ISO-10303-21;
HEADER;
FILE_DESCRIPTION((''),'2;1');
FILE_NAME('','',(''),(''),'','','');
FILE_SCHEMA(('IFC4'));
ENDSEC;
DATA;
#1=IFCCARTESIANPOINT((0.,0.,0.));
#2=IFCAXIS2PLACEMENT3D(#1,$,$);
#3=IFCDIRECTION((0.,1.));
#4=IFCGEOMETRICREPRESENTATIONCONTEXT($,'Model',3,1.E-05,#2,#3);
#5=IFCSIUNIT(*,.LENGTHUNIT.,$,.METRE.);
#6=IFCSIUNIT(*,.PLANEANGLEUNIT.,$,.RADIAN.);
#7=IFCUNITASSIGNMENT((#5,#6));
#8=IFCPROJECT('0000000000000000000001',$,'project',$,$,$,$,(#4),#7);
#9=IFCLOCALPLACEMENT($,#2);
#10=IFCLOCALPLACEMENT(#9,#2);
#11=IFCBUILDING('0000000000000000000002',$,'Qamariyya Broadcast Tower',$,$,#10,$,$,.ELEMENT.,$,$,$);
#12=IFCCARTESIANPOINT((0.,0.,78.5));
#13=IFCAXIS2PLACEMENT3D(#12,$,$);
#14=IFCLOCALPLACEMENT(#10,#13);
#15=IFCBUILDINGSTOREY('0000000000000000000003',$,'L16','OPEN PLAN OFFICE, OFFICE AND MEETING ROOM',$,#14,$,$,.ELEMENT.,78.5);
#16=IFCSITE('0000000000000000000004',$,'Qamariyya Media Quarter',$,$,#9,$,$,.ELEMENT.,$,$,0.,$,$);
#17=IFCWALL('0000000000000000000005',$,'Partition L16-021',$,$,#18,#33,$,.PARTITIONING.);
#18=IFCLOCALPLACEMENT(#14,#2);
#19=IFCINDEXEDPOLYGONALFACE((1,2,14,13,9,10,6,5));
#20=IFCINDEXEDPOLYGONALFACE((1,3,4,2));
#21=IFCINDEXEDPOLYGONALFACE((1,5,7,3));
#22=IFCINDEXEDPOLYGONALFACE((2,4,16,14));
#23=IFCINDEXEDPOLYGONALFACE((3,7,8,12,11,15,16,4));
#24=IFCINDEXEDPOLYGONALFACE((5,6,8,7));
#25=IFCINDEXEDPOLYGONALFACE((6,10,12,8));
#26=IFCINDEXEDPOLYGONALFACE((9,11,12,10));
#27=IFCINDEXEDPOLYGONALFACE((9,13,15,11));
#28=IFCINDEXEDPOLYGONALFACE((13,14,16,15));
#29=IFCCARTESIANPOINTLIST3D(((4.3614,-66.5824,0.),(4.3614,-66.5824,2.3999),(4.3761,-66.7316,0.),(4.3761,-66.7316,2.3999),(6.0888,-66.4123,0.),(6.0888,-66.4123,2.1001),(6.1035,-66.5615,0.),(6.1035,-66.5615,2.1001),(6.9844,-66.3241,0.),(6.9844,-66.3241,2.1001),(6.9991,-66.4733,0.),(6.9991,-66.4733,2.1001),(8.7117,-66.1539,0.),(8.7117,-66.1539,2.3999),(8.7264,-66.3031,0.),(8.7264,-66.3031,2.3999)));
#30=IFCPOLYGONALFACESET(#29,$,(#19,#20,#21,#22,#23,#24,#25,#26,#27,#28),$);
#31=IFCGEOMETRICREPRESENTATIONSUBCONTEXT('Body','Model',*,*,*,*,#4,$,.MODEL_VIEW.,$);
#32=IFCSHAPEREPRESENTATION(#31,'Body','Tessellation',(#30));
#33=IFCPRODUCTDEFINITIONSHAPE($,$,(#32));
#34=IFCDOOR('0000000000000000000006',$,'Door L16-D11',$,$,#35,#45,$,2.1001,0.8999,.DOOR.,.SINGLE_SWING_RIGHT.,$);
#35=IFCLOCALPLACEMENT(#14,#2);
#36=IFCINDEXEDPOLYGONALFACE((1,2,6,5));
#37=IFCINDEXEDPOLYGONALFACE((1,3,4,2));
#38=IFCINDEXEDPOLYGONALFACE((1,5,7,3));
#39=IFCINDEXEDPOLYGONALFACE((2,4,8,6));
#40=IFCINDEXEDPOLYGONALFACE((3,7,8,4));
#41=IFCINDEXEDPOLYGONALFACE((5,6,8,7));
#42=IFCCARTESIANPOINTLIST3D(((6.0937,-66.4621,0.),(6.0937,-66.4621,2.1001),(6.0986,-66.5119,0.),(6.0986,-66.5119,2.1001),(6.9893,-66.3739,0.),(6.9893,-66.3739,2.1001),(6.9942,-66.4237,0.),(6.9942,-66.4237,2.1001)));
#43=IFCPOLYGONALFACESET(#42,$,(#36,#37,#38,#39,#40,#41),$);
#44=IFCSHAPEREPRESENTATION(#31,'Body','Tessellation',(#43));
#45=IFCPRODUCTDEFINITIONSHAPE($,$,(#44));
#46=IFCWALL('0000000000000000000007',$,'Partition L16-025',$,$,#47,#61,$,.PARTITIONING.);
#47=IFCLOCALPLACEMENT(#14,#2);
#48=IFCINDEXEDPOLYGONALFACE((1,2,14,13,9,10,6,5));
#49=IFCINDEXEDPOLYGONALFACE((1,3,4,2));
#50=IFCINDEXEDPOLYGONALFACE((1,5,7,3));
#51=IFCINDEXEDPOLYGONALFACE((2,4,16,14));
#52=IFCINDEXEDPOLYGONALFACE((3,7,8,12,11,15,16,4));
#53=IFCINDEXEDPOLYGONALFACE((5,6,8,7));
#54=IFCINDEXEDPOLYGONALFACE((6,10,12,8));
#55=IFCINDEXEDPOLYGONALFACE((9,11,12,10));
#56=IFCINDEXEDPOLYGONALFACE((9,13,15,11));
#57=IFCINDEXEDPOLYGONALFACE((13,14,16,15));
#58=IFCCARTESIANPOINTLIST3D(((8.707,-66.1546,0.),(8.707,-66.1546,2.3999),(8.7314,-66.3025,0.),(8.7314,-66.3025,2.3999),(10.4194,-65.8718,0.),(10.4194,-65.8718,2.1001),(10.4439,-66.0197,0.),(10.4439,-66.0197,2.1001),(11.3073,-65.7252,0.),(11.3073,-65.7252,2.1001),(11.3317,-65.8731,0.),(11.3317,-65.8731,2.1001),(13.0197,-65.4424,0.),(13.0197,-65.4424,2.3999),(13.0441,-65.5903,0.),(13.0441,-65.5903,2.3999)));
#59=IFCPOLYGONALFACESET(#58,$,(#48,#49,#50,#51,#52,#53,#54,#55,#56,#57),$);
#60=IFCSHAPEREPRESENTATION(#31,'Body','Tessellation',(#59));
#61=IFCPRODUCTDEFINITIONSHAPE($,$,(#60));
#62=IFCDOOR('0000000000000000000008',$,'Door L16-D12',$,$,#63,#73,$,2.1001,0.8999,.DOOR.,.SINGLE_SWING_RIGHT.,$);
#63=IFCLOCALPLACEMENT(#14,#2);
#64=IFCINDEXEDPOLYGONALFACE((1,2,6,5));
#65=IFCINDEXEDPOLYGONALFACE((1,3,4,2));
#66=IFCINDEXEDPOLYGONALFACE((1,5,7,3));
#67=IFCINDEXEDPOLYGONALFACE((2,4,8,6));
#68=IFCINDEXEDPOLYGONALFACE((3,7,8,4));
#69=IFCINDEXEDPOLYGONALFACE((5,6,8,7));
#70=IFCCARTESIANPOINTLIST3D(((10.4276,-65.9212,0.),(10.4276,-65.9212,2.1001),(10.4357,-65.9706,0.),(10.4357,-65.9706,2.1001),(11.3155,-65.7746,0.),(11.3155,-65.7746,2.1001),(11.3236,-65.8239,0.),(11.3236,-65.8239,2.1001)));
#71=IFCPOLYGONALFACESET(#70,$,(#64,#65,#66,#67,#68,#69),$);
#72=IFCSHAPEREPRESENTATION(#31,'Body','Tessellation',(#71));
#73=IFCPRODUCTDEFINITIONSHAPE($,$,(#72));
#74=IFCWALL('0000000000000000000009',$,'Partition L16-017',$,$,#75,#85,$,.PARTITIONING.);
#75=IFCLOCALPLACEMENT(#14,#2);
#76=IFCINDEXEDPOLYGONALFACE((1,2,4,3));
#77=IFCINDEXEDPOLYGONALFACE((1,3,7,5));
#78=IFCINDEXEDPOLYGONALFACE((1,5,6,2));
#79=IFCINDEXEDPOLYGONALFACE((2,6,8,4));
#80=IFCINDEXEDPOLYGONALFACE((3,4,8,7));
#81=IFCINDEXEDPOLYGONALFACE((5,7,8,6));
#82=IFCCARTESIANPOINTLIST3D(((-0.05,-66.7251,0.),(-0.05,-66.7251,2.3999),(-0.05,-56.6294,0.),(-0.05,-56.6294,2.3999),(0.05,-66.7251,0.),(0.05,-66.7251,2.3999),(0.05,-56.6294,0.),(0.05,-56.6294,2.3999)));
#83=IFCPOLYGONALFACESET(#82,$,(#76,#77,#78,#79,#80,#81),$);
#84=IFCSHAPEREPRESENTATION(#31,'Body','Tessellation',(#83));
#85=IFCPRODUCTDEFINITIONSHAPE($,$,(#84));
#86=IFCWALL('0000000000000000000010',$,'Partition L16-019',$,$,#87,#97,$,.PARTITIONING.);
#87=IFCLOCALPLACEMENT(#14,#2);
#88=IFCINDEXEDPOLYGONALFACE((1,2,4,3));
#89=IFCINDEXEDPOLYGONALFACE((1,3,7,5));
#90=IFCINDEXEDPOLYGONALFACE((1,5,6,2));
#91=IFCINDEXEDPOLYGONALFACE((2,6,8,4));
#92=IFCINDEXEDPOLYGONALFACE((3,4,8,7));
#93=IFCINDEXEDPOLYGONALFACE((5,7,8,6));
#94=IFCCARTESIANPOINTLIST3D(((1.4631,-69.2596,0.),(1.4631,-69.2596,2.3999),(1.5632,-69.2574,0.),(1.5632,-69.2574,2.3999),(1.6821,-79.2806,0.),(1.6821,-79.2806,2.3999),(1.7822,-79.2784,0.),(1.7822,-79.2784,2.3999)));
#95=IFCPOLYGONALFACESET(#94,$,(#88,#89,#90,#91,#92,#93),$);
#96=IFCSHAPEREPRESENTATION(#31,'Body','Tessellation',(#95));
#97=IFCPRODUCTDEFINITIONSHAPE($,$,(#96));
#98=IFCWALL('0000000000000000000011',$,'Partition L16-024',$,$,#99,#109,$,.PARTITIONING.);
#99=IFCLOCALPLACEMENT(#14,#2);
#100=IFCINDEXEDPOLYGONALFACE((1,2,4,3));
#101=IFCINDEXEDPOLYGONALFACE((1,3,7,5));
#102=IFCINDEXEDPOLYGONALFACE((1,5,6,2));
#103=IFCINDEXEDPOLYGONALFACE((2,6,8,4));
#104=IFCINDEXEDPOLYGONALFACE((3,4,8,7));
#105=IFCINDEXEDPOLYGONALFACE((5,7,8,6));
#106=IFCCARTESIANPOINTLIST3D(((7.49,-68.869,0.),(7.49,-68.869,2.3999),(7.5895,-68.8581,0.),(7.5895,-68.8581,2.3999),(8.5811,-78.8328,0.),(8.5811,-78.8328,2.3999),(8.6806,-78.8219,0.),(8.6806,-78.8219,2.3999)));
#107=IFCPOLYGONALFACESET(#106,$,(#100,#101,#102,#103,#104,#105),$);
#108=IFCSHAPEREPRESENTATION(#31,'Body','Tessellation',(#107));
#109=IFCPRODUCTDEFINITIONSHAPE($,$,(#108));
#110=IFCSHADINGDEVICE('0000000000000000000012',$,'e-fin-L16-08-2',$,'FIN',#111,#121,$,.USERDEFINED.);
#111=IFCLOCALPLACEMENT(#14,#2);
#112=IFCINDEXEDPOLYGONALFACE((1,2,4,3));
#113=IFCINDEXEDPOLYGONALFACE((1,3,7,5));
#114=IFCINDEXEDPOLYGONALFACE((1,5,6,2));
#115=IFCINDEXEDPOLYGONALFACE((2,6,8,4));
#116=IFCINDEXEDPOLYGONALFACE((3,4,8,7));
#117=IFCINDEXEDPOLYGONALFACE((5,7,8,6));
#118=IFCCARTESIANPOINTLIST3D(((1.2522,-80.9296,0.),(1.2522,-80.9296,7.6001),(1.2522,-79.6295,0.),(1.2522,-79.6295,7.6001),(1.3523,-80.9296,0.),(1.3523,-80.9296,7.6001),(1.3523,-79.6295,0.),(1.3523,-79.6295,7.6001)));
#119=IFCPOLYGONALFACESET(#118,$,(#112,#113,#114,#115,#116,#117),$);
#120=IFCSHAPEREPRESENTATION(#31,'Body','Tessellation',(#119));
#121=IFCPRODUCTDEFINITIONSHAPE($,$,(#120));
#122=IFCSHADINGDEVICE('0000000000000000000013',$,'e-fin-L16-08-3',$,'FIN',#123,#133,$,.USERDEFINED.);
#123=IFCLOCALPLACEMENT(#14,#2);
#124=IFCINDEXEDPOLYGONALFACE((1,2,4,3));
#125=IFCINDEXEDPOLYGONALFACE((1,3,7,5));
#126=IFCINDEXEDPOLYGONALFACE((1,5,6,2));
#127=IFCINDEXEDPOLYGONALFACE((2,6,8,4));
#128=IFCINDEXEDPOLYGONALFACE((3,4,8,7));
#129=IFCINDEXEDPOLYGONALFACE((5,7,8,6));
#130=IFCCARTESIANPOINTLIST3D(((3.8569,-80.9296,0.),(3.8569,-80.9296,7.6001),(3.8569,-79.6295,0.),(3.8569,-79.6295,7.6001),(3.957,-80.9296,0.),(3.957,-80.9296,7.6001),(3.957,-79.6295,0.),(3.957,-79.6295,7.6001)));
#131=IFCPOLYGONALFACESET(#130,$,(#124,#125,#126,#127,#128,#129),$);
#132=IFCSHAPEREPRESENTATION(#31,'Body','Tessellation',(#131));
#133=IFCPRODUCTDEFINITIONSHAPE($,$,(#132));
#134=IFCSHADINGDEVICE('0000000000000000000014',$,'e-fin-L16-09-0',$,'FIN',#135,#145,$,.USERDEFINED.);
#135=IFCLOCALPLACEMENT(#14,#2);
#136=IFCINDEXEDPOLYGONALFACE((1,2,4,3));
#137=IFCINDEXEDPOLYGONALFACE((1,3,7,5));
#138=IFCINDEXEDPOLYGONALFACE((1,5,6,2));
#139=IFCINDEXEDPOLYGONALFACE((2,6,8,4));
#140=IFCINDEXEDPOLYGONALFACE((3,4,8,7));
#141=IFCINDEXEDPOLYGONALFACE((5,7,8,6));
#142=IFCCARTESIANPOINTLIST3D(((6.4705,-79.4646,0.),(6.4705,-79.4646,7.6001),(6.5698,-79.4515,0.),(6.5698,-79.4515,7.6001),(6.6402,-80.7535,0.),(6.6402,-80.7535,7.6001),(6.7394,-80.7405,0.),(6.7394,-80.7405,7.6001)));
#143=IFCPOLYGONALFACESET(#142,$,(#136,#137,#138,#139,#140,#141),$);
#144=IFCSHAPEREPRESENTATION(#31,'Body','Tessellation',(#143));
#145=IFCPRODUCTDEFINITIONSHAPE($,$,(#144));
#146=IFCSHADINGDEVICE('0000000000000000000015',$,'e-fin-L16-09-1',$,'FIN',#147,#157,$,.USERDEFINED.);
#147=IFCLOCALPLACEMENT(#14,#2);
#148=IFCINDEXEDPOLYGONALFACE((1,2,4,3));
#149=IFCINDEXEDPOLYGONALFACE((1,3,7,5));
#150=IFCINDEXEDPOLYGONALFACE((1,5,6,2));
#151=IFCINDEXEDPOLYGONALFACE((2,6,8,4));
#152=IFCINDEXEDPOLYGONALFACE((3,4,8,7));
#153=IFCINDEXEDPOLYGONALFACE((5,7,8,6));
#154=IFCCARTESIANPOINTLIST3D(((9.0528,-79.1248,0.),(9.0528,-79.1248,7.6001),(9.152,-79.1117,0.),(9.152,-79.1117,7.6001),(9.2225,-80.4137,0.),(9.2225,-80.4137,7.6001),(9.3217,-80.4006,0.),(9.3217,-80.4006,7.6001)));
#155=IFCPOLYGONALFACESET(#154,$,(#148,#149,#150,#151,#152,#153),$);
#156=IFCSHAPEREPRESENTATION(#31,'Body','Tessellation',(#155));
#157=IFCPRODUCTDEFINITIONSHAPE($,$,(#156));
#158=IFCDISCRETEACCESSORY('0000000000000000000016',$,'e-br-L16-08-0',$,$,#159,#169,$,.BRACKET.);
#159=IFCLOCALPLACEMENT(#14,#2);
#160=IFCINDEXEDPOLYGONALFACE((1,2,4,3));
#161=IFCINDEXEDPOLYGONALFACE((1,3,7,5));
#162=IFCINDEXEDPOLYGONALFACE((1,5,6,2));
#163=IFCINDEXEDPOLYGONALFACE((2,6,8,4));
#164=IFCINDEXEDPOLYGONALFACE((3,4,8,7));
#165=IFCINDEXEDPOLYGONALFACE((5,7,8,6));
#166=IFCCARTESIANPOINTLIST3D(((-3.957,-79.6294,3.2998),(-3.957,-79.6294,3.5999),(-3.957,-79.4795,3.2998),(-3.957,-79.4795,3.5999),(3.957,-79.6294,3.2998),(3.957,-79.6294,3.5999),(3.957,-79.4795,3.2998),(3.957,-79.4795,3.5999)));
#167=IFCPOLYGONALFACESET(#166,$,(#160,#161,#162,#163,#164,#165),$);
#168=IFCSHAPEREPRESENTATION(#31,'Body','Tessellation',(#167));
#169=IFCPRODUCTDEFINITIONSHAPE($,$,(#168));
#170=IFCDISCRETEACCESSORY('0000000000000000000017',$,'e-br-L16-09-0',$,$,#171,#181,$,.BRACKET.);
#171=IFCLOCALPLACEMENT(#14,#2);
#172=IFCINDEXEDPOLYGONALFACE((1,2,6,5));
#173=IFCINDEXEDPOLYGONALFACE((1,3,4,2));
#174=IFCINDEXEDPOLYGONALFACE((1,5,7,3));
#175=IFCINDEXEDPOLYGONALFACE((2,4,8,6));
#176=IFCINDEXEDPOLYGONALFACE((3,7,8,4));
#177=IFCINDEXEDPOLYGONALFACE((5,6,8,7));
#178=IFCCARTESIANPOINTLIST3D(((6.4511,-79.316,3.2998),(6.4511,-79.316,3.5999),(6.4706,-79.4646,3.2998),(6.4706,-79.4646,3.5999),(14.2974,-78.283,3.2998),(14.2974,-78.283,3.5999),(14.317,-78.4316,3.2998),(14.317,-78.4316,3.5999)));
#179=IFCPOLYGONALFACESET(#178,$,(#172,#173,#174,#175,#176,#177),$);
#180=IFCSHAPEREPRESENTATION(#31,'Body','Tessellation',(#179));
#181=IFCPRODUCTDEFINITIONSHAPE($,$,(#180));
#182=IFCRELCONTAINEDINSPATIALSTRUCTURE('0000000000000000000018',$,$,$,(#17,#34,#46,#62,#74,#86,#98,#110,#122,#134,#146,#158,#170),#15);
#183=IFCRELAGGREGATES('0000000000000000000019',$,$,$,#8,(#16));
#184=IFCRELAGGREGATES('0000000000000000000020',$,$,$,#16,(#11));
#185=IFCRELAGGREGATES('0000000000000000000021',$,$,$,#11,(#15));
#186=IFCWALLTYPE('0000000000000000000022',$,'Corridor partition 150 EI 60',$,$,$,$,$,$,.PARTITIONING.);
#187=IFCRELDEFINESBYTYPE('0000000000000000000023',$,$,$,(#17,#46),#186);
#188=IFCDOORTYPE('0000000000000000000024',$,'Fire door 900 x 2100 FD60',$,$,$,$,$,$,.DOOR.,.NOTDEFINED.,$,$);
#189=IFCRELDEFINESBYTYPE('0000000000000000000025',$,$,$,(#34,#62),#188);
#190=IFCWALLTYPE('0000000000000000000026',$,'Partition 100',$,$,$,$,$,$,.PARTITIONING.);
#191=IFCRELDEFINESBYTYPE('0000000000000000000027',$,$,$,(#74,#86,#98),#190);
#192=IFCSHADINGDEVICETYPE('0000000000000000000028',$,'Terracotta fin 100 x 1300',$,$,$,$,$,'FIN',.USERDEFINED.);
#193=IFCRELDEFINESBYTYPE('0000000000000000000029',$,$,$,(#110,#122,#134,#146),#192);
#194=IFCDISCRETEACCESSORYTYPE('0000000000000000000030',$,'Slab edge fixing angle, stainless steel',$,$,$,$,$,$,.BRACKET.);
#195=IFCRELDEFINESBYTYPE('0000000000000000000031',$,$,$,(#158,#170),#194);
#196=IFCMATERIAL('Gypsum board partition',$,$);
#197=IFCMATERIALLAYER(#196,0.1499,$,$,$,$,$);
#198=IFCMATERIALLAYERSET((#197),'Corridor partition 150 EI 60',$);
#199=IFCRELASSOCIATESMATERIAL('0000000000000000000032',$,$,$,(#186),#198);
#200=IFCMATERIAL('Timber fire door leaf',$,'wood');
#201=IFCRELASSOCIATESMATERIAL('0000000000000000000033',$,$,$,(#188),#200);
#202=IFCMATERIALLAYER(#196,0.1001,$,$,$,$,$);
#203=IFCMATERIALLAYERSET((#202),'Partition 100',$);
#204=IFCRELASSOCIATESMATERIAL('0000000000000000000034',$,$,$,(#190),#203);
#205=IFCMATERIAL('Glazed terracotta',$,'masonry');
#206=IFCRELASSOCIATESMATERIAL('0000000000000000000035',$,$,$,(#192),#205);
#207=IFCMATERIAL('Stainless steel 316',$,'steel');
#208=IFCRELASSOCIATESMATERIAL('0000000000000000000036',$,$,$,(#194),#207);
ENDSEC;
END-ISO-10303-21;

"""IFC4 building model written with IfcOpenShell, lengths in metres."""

from ifc_helpers import new_model, si_unit, direction, frame, frame_2d, origin, origin_2d, place, context, subcontext, project, spatial, rectangle, extrude, material, layer, layer_set, material_profile, profile_set, type_object, element, fill, save


model = new_model("IFC4")

# Units and contexts
model_context = context("Model", 3, precision=1e-05, world=origin(), true_north=direction((0.0, 1.0)))
body_context = subcontext(model_context, "Body", "Model", "MODEL_VIEW")
ifc_project = project(units=[si_unit("LENGTHUNIT", "METRE"), si_unit("PLANEANGLEUNIT", "RADIAN")], contexts=[model_context])

# Site, building, storey
site_placement = place(None, origin())
site = spatial("IfcSite", under=ifc_project, at=site_placement, Name="Qamariyya Media Quarter", CompositionType="ELEMENT", RefElevation=0.0)
building_placement = place(site_placement, origin())
building = spatial("IfcBuilding", under=site, at=building_placement, Name="Qamariyya Broadcast Tower", CompositionType="ELEMENT")
storey_placement = place(building_placement, frame((0.0, 0.0, 78.5)))
storey = spatial("IfcBuildingStorey", under=building, at=storey_placement, Name="L16", Description="OPEN PLAN OFFICE, OFFICE AND MEETING ROOM", CompositionType="ELEMENT", Elevation=78.5)

# Walls, openings, doors
ifc_material_1 = material(Name="Gypsum board partition")
ifc_layer_1 = layer(ifc_material_1, 0.1499)
ifc_layer_set_1 = layer_set([ifc_layer_1], Name="Corridor partition 150 EI 60")
wall_type_1 = type_object("IfcWallType", Name="Corridor partition 150 EI 60", PredefinedType="PARTITIONING", material=ifc_layer_set_1)
ifc_material_2 = material(Name="Timber fire door leaf", Category="wood")
door_type_1 = type_object("IfcDoorType", Name="Fire door 900 x 2100 FD60", OperationType="NOTDEFINED", PredefinedType="DOOR", material=ifc_material_2)
wall_1_placement = place(storey_placement, frame((4.3689, -66.657, 0.0), z_axis=(0.0, 0.0, 1.0), x_axis=(0.995185, 0.098016, 0.0)))
wall_1 = element("IfcWall", 1, at=wall_1_placement, inside=storey, type_object=wall_type_1, Name="Partition L16-021", PredefinedType="PARTITIONING", context=body_context, shape_type="SweptSolid", body=[
    extrude(rectangle(XDim=4.3713, YDim=0.1499, at=frame_2d((2.1855, 0.0))), origin(), (0.0, 0.0, 1.0), 2.3999),
])
opening_1_placement = place(wall_1_placement, frame((1.7356, 0.0, 0.0)))
opening_1 = element("IfcOpeningElement", 2, at=opening_1_placement, cuts=wall_1, PredefinedType="OPENING", context=body_context, shape_type="SweptSolid", body=[
    extrude(rectangle(XDim=0.8999, YDim=2.1001, at=frame_2d((0.45, 1.05))), frame((0.0, 0.085, 0.0), z_axis=(0.0, -1.0, 0.0), x_axis=(1.0, 0.0, 0.0)), (0.0, 0.0, 1.0), 0.1699),
])
door_1_placement = place(opening_1_placement, origin())
door_1 = element("IfcDoor", 3, at=door_1_placement, inside=storey, type_object=door_type_1, Name="Door L16-D11", OperationType="SINGLE_SWING_RIGHT", OverallHeight=2.1001, OverallWidth=0.8999, PredefinedType="DOOR", context=body_context, shape_type="SweptSolid", body=[
    extrude(rectangle(XDim=0.8999, YDim=2.1001, at=frame_2d((0.45, 1.05))), frame((0.0, 0.0249, 0.0), z_axis=(0.0, -1.0, 0.0), x_axis=(1.0, 0.0, 0.0)), (0.0, 0.0, 1.0), 0.05),
])
fill(opening_1, door_1)
wall_2_placement = place(storey_placement, frame((8.7192, -66.2285, 0.0), z_axis=(0.0, 0.0, 1.0), x_axis=(0.986639, 0.162922, 0.0)))
wall_2 = element("IfcWall", 4, at=wall_2_placement, inside=storey, type_object=wall_type_1, Name="Partition L16-025", PredefinedType="PARTITIONING", context=body_context, shape_type="SweptSolid", body=[
    extrude(rectangle(XDim=4.3711, YDim=0.1499, at=frame_2d((2.1855, 0.0))), origin(), (0.0, 0.0, 1.0), 2.3999),
])
opening_2_placement = place(wall_2_placement, frame((1.7356, 0.0, 0.0)))
opening_2 = element("IfcOpeningElement", 5, at=opening_2_placement, cuts=wall_2, PredefinedType="OPENING", context=body_context, shape_type="SweptSolid", body=[
    extrude(rectangle(XDim=0.8999, YDim=2.1001, at=frame_2d((0.45, 1.05))), frame((0.0, 0.085, 0.0), z_axis=(0.0, -1.0, 0.0), x_axis=(1.0, 0.0, 0.0)), (0.0, 0.0, 1.0), 0.1699),
])
door_2_placement = place(opening_2_placement, origin())
door_2 = element("IfcDoor", 6, at=door_2_placement, inside=storey, type_object=door_type_1, Name="Door L16-D12", OperationType="SINGLE_SWING_RIGHT", OverallHeight=2.1001, OverallWidth=0.8999, PredefinedType="DOOR", context=body_context, shape_type="SweptSolid", body=[
    extrude(rectangle(XDim=0.8999, YDim=2.1001, at=frame_2d((0.45, 1.05))), frame((0.0, 0.0249, 0.0), z_axis=(0.0, -1.0, 0.0), x_axis=(1.0, 0.0, 0.0)), (0.0, 0.0, 1.0), 0.05),
])
fill(opening_2, door_2)

# Walls
ifc_layer_2 = layer(ifc_material_1, 0.1001)
ifc_layer_set_2 = layer_set([ifc_layer_2], Name="Partition 100")
wall_type_2 = type_object("IfcWallType", Name="Partition 100", PredefinedType="PARTITIONING", material=ifc_layer_set_2)
wall_3_placement = place(storey_placement, frame((0.0, -56.6294, 0.0), z_axis=(0.0, 0.0, 1.0), x_axis=(0.0, -1.0, 0.0)))
element("IfcWall", 7, at=wall_3_placement, inside=storey, type_object=wall_type_2, Name="Partition L16-017", PredefinedType="PARTITIONING", context=body_context, shape_type="SweptSolid", body=[
    extrude(rectangle(XDim=10.0957, YDim=0.1001, at=frame_2d((5.0479, 0.0))), origin(), (0.0, 0.0, 1.0), 2.3999),
])
for number, where, z_axis, x_axis, name in (
    (8, (1.7322, -79.2795, 0.0), (0.0, 0.0, 1.0), (-0.021848, 0.999761, 0.0), "Partition L16-019"),
    (9, (8.6309, -78.8274, 0.0), (0.0, 0.0, 1.0), (-0.108851, 0.994058, 0.0), "Partition L16-024"),
):
    element("IfcWall", number, at=place(storey_placement, frame(where, z_axis=z_axis, x_axis=x_axis)), inside=storey, type_object=wall_type_2, Name=name, PredefinedType="PARTITIONING", context=body_context, shape_type="SweptSolid", body=[
        extrude(rectangle(XDim=10.0234, YDim=0.1001, at=frame_2d((5.0117, 0.0))), origin(), (0.0, 0.0, 1.0), 2.3999),
    ])

# Shading devices
ifc_material_3 = material(Name="Glazed terracotta", Category="masonry")
ifc_material_profile_1 = material_profile(ifc_material_3, rectangle(XDim=1.3, YDim=0.1001, at=origin_2d()))
ifc_profile_set_1 = profile_set([ifc_material_profile_1], Name="Glazed terracotta")
shading_device_type = type_object("IfcShadingDeviceType", Name="Terracotta fin 100 x 1300", ElementType="FIN", PredefinedType="USERDEFINED", material=ifc_profile_set_1)
for number, where, z_axis, x_axis, name in (
    (10, (1.3022, -80.2795, 0.0), (0.0, 0.0, 1.0), (0.0, -1.0, 0.0), "e-fin-L16-08-2"),
    (11, (3.907, -80.2795, 0.0), (0.0, 0.0, 1.0), (0.0, -1.0, 0.0), "e-fin-L16-08-3"),
    (12, (6.605, -80.1025, 0.0), (0.0, 0.0, 1.0), (0.130526, -0.991445, 0.0), "e-fin-L16-09-0"),
    (13, (9.1873, -79.7627, 0.0), (0.0, 0.0, 1.0), (0.130526, -0.991445, 0.0), "e-fin-L16-09-1"),
):
    element("IfcShadingDevice", number, at=place(storey_placement, frame(where, z_axis=z_axis, x_axis=x_axis)), inside=storey, type_object=shading_device_type, Name=name, ObjectType="FIN", PredefinedType="USERDEFINED", context=body_context, shape_type="SweptSolid", body=[
        extrude(rectangle(XDim=1.3, YDim=0.1001, at=origin_2d()), origin(), (0.0, 0.0, 1.0), 7.6001),
    ])

# Discrete accessories
ifc_material_4 = material(Name="Stainless steel 316", Category="steel")
discrete_accessory_type = type_object("IfcDiscreteAccessoryType", Name="Slab edge fixing angle, stainless steel", PredefinedType="BRACKET", material=ifc_material_4)
for number, where, z_axis, x_axis, name in (
    (14, (0.0, -79.5544, 3.2998), (0.0, 0.0, 1.0), (1.0, 0.0, 0.0), "e-br-L16-08-0"),
    (15, (10.384, -78.8738, 3.2998), (0.0, 0.0, 1.0), (0.991445, 0.130526, 0.0), "e-br-L16-09-0"),
):
    element("IfcDiscreteAccessory", number, at=place(storey_placement, frame(where, z_axis=z_axis, x_axis=x_axis)), inside=storey, type_object=discrete_accessory_type, Name=name, PredefinedType="BRACKET", context=body_context, shape_type="SweptSolid", body=[
        extrude(rectangle(XDim=7.9141, YDim=0.1499, at=origin_2d()), origin(), (0.0, 0.0, 1.0), 0.3),
    ])

save(model, "model.ifc")
